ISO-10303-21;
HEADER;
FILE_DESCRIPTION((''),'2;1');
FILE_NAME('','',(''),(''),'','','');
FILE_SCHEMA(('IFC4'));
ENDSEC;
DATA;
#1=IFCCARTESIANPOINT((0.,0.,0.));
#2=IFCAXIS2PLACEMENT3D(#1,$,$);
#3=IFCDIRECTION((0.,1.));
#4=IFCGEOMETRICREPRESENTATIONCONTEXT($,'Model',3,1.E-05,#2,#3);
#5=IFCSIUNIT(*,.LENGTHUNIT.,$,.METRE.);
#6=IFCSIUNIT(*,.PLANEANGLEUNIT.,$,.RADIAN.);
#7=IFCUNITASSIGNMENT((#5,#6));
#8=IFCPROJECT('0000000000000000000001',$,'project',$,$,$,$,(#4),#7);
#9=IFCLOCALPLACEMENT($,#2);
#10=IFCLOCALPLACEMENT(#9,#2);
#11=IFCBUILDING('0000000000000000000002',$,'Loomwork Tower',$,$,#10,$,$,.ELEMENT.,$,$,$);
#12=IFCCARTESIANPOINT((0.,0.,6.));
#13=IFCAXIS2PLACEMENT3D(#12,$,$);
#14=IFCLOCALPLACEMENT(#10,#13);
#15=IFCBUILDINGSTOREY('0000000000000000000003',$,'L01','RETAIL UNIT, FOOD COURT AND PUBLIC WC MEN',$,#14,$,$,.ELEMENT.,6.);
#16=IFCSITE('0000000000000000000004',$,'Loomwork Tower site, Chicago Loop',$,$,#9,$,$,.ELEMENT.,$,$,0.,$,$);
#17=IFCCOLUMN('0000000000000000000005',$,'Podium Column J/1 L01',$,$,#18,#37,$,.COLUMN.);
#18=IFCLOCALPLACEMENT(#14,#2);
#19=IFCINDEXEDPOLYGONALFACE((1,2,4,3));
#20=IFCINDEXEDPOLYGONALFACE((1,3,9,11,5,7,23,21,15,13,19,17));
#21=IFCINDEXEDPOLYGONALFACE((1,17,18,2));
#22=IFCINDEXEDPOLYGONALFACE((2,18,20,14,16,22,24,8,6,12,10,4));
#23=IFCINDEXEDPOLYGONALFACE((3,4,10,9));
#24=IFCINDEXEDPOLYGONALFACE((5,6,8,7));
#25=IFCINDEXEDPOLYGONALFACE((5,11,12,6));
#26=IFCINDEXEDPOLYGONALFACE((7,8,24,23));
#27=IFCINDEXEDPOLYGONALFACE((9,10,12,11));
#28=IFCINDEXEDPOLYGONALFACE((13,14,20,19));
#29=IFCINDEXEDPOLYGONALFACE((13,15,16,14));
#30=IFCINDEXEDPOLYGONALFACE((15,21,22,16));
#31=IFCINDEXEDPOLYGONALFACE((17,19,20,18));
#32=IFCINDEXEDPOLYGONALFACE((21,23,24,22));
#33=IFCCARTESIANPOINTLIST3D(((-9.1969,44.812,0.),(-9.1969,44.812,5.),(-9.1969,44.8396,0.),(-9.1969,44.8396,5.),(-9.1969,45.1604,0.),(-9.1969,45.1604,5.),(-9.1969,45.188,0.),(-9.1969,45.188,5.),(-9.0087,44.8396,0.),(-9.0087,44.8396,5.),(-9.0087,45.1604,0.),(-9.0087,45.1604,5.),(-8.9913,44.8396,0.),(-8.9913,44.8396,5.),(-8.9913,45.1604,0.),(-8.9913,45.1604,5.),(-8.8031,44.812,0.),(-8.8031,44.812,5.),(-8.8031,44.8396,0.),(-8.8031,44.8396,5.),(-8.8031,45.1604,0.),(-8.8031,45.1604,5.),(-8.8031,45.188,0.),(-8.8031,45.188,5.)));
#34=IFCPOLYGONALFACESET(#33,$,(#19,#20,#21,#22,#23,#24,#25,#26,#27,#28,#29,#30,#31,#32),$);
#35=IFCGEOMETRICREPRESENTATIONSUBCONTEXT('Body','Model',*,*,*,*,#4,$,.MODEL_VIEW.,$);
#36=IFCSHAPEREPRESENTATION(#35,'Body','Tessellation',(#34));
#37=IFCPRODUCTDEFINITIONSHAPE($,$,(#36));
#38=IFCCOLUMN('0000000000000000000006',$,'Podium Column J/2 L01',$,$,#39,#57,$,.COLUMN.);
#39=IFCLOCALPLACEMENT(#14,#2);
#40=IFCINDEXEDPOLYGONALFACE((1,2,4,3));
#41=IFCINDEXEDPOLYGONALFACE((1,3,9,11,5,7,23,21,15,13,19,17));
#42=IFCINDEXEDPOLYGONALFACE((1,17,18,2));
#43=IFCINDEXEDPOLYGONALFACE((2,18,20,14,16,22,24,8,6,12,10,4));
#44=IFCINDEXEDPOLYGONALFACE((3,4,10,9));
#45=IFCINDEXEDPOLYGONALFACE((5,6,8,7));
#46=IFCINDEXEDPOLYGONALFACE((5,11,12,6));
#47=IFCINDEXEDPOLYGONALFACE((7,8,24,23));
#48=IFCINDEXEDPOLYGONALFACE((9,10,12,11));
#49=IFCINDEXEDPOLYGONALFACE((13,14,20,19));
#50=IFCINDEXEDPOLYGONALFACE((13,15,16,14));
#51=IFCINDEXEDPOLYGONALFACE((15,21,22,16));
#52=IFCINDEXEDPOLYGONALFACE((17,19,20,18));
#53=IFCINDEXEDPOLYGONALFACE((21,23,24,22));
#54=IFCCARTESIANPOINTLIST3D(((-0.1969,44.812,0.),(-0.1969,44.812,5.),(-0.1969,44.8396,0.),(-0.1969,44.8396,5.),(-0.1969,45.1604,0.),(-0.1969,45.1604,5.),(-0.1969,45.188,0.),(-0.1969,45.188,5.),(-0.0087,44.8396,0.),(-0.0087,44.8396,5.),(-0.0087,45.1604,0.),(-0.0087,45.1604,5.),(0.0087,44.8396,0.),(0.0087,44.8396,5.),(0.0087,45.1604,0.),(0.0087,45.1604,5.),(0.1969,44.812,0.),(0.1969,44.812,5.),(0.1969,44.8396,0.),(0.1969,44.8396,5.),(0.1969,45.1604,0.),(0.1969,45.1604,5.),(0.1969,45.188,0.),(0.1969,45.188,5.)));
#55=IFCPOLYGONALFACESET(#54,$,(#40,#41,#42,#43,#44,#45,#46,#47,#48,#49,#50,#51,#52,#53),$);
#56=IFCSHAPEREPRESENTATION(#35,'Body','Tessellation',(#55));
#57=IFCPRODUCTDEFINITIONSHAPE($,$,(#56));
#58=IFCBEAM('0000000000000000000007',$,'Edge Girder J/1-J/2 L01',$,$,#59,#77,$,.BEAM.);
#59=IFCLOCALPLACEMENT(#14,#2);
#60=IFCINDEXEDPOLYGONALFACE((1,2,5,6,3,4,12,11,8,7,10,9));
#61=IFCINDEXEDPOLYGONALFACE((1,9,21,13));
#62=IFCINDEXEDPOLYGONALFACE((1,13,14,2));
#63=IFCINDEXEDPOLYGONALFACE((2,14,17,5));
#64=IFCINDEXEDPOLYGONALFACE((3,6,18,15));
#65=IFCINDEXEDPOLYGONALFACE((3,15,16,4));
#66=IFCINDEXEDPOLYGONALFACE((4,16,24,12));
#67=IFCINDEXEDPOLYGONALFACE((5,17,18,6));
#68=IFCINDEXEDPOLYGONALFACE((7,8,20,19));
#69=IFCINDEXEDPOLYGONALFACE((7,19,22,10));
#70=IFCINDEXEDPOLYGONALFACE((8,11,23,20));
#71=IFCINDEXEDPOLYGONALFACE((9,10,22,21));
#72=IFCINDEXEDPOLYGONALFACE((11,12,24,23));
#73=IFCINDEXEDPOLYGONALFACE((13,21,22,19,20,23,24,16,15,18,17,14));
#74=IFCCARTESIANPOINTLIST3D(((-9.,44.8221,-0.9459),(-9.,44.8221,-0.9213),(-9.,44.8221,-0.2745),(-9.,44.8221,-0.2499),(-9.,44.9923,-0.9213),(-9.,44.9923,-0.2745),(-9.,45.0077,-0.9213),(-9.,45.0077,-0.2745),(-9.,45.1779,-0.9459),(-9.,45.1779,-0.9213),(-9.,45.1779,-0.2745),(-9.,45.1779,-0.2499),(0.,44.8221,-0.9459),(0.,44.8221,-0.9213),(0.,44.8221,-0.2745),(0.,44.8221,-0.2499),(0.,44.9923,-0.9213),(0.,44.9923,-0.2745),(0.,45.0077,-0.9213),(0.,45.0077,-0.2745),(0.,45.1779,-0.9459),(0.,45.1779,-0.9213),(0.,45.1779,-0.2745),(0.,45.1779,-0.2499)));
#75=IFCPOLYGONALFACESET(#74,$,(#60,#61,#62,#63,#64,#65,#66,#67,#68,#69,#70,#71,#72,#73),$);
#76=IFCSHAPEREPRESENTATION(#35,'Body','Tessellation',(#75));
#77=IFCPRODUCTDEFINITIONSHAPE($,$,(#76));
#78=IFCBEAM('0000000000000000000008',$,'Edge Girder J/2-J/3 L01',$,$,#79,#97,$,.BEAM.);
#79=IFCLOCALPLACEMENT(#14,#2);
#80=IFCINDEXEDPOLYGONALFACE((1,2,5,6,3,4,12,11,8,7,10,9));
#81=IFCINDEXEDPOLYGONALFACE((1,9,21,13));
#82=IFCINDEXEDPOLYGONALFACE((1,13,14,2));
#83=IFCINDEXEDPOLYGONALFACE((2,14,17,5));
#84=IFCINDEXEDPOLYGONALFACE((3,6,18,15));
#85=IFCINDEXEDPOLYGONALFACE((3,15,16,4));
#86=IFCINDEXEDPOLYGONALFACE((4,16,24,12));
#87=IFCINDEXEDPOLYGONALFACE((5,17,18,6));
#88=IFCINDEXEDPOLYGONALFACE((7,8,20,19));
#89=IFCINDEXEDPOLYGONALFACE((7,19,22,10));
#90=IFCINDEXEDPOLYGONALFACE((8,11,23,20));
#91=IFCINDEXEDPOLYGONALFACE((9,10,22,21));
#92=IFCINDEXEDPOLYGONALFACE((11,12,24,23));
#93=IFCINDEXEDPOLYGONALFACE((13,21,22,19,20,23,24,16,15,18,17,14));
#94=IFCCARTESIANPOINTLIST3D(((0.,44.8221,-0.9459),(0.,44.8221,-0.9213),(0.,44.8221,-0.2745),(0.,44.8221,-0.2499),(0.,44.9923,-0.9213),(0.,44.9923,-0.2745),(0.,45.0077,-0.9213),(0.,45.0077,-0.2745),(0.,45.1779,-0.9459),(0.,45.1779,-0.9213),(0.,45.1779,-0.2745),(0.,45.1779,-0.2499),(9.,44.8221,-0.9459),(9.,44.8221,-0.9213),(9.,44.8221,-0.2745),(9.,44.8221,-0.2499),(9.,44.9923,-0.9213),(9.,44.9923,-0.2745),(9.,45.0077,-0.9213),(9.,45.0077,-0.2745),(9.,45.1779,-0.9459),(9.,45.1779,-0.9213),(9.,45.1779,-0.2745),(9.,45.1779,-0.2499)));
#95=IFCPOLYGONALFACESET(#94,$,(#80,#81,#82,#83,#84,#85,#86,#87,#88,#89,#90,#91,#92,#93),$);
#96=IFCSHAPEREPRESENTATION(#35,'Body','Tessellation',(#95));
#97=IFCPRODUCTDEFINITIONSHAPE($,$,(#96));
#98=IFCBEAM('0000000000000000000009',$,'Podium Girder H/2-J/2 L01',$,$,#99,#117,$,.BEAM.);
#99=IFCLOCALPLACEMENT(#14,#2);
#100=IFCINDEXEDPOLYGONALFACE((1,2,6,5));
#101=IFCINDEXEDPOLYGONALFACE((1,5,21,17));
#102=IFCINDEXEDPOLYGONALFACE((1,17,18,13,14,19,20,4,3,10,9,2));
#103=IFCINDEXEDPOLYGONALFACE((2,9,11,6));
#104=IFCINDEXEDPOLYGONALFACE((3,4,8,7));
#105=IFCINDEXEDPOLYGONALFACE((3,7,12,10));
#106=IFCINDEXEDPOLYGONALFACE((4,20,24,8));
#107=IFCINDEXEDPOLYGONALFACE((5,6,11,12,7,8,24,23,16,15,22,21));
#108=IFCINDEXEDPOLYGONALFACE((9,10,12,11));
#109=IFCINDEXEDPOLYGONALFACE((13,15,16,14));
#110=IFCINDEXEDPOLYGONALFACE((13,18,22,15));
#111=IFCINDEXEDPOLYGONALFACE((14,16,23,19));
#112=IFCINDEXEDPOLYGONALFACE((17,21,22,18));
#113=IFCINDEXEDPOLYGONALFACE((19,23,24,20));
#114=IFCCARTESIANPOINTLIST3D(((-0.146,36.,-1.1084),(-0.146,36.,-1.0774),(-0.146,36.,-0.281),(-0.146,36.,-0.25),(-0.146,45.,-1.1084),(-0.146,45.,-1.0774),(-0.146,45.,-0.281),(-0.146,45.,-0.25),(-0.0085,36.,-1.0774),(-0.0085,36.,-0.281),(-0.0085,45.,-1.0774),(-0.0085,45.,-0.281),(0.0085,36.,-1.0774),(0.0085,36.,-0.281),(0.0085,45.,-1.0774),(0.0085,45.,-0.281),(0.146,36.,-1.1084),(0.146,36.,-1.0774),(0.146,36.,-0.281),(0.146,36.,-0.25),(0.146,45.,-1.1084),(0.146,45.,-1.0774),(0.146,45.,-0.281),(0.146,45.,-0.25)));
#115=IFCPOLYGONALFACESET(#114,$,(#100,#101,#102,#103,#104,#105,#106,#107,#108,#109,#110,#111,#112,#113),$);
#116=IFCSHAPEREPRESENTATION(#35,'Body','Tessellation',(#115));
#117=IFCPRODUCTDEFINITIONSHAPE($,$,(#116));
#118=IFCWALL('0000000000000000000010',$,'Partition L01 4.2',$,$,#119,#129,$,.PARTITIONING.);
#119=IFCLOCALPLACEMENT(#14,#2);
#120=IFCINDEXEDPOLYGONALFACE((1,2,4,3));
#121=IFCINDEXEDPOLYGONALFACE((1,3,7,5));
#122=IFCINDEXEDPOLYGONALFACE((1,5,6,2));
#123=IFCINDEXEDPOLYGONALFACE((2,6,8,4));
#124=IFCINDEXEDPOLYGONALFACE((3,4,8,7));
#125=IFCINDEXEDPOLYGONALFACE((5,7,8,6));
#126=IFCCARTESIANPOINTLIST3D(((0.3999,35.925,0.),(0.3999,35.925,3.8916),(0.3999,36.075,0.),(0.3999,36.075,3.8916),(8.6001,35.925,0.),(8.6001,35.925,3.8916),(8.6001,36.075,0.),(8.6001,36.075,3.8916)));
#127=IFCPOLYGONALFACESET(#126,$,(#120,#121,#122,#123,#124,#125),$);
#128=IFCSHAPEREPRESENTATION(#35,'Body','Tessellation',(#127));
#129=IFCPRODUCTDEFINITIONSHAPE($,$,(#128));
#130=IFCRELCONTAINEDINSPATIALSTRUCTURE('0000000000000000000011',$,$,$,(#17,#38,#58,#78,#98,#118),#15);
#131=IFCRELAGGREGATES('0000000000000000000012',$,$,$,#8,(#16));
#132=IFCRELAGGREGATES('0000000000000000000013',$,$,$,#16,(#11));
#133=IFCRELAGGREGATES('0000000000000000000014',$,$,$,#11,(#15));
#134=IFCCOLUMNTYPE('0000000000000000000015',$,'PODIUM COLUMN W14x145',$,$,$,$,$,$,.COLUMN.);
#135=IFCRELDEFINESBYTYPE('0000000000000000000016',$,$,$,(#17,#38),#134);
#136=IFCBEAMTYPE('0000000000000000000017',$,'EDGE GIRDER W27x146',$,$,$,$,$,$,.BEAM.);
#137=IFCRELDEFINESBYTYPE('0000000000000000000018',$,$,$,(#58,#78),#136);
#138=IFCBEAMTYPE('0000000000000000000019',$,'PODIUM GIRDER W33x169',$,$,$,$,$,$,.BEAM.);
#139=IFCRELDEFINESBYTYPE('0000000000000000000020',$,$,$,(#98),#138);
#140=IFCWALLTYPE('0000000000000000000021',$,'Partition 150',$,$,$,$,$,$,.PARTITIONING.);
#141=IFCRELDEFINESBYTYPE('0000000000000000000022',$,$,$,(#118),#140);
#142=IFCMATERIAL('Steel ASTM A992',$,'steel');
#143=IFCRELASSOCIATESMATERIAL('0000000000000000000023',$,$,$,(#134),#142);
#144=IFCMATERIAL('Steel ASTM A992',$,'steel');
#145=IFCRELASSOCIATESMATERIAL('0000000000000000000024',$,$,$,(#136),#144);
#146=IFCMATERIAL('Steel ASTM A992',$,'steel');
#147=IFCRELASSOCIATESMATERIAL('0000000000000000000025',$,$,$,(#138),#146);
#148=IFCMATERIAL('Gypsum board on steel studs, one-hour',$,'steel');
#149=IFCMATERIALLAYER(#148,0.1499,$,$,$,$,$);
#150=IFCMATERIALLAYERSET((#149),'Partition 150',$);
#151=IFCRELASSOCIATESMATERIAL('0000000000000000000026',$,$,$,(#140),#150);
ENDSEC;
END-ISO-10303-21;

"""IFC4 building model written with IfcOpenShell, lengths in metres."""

from ifc_helpers import new_model, si_unit, direction, frame, frame_2d, origin, origin_2d, place, context, subcontext, project, spatial, rectangle, i_section, extrude, material, layer, layer_set, material_profile, profile_set, type_object, element, save


model = new_model("IFC4")

# Units and contexts
model_context = context("Model", 3, precision=1e-05, world=origin(), true_north=direction((0.0, 1.0)))
body_context = subcontext(model_context, "Body", "Model", "MODEL_VIEW")
ifc_project = project(units=[si_unit("LENGTHUNIT", "METRE"), si_unit("PLANEANGLEUNIT", "RADIAN")], contexts=[model_context])

# Site, building, storey
site_placement = place(None, origin())
site = spatial("IfcSite", under=ifc_project, at=site_placement, Name="Loomwork Tower site, Chicago Loop", CompositionType="ELEMENT", RefElevation=0.0)
building_placement = place(site_placement, origin())
building = spatial("IfcBuilding", under=site, at=building_placement, Name="Loomwork Tower", CompositionType="ELEMENT")
storey_placement = place(building_placement, frame((0.0, 0.0, 6.0)))
storey = spatial("IfcBuildingStorey", under=building, at=storey_placement, Name="L01", Description="RETAIL UNIT, FOOD COURT AND PUBLIC WC MEN", CompositionType="ELEMENT", Elevation=6.0)

# Columns
ifc_material_1 = material(Name="Steel ASTM A992", Category="steel")
ifc_material_profile_1 = material_profile(ifc_material_1, i_section(OverallWidth=0.3938, OverallDepth=0.376, WebThickness=0.0173, FlangeThickness=0.0276, at=origin_2d()), Name="W14x145")
ifc_profile_set_1 = profile_set([ifc_material_profile_1], Name="Steel ASTM A992")
column_type = type_object("IfcColumnType", Name="PODIUM COLUMN W14x145", PredefinedType="COLUMN", material=ifc_profile_set_1)
for number, where, z_axis, x_axis, name in (
    (1, (-9.0, 45.0, 0.0), (0.0, 0.0, 1.0), (1.0, 0.0, 0.0), "Podium Column J/1 L01"),
    (2, (0.0, 45.0, 0.0), (0.0, 0.0, 1.0), (1.0, 0.0, 0.0), "Podium Column J/2 L01"),
):
    element("IfcColumn", number, at=place(storey_placement, frame(where, z_axis=z_axis, x_axis=x_axis)), inside=storey, type_object=column_type, Name=name, PredefinedType="COLUMN", context=body_context, shape_type="SweptSolid", body=[
        extrude(i_section(OverallWidth=0.3938, OverallDepth=0.376, WebThickness=0.0173, FlangeThickness=0.0276, at=origin_2d()), origin(), (0.0, 0.0, 1.0), 5.0),
    ])

# Beams
ifc_material_2 = material(Name="Steel ASTM A992", Category="steel")
ifc_material_profile_2 = material_profile(ifc_material_2, i_section(OverallWidth=0.3557, OverallDepth=0.696, WebThickness=0.0154, FlangeThickness=0.0247, at=origin_2d()), Name="W27x146")
ifc_profile_set_2 = profile_set([ifc_material_profile_2], Name="Steel ASTM A992")
beam_type_1 = type_object("IfcBeamType", Name="EDGE GIRDER W27x146", PredefinedType="BEAM", material=ifc_profile_set_2)
for number, where, z_axis, x_axis, name in (
    (3, (-9.0, 45.0, -0.5979), (1.0, 0.0, 0.0), (0.0, 1.0, 0.0), "Edge Girder J/1-J/2 L01"),
    (4, (0.0, 45.0, -0.5979), (1.0, 0.0, 0.0), (0.0, 1.0, 0.0), "Edge Girder J/2-J/3 L01"),
):
    element("IfcBeam", number, at=place(storey_placement, frame(where, z_axis=z_axis, x_axis=x_axis)), inside=storey, type_object=beam_type_1, Name=name, PredefinedType="BEAM", context=body_context, shape_type="SweptSolid", body=[
        extrude(i_section(OverallWidth=0.3557, OverallDepth=0.696, WebThickness=0.0154, FlangeThickness=0.0247, at=origin_2d()), origin(), (0.0, 0.0, 1.0), 9.0),
    ])
ifc_material_3 = material(Name="Steel ASTM A992", Category="steel")
ifc_material_profile_3 = material_profile(ifc_material_3, i_section(OverallWidth=0.292, OverallDepth=0.8584, WebThickness=0.0171, FlangeThickness=0.031, at=origin_2d()), Name="W33x169")
ifc_profile_set_3 = profile_set([ifc_material_profile_3], Name="Steel ASTM A992")
beam_type_2 = type_object("IfcBeamType", Name="PODIUM GIRDER W33x169", PredefinedType="BEAM", material=ifc_profile_set_3)
beam_placement = place(storey_placement, frame((0.0, 36.0, -0.6792), z_axis=(0.0, 1.0, 0.0), x_axis=(-1.0, 0.0, 0.0)))
element("IfcBeam", 5, at=beam_placement, inside=storey, type_object=beam_type_2, Name="Podium Girder H/2-J/2 L01", PredefinedType="BEAM", context=body_context, shape_type="SweptSolid", body=[
    extrude(i_section(OverallWidth=0.292, OverallDepth=0.8584, WebThickness=0.0171, FlangeThickness=0.031, at=origin_2d()), origin(), (0.0, 0.0, 1.0), 9.0),
])

# Wall
ifc_material_4 = material(Name="Gypsum board on steel studs, one-hour", Category="steel")
ifc_layer_1 = layer(ifc_material_4, 0.1499)
ifc_layer_set_1 = layer_set([ifc_layer_1], Name="Partition 150")
wall_type_1 = type_object("IfcWallType", Name="Partition 150", PredefinedType="PARTITIONING", material=ifc_layer_set_1)
wall_1_placement = place(storey_placement, frame((0.3999, 36.0, 0.0), z_axis=(0.0, 0.0, 1.0), x_axis=(1.0, 0.0, 0.0)))
element("IfcWall", 6, at=wall_1_placement, inside=storey, type_object=wall_type_1, Name="Partition L01 4.2", PredefinedType="PARTITIONING", context=body_context, shape_type="SweptSolid", body=[
    extrude(rectangle(XDim=8.2002, YDim=0.1499, at=frame_2d((4.1001, 0.0))), origin(), (0.0, 0.0, 1.0), 3.8916),
])

save(model, "model.ifc")
